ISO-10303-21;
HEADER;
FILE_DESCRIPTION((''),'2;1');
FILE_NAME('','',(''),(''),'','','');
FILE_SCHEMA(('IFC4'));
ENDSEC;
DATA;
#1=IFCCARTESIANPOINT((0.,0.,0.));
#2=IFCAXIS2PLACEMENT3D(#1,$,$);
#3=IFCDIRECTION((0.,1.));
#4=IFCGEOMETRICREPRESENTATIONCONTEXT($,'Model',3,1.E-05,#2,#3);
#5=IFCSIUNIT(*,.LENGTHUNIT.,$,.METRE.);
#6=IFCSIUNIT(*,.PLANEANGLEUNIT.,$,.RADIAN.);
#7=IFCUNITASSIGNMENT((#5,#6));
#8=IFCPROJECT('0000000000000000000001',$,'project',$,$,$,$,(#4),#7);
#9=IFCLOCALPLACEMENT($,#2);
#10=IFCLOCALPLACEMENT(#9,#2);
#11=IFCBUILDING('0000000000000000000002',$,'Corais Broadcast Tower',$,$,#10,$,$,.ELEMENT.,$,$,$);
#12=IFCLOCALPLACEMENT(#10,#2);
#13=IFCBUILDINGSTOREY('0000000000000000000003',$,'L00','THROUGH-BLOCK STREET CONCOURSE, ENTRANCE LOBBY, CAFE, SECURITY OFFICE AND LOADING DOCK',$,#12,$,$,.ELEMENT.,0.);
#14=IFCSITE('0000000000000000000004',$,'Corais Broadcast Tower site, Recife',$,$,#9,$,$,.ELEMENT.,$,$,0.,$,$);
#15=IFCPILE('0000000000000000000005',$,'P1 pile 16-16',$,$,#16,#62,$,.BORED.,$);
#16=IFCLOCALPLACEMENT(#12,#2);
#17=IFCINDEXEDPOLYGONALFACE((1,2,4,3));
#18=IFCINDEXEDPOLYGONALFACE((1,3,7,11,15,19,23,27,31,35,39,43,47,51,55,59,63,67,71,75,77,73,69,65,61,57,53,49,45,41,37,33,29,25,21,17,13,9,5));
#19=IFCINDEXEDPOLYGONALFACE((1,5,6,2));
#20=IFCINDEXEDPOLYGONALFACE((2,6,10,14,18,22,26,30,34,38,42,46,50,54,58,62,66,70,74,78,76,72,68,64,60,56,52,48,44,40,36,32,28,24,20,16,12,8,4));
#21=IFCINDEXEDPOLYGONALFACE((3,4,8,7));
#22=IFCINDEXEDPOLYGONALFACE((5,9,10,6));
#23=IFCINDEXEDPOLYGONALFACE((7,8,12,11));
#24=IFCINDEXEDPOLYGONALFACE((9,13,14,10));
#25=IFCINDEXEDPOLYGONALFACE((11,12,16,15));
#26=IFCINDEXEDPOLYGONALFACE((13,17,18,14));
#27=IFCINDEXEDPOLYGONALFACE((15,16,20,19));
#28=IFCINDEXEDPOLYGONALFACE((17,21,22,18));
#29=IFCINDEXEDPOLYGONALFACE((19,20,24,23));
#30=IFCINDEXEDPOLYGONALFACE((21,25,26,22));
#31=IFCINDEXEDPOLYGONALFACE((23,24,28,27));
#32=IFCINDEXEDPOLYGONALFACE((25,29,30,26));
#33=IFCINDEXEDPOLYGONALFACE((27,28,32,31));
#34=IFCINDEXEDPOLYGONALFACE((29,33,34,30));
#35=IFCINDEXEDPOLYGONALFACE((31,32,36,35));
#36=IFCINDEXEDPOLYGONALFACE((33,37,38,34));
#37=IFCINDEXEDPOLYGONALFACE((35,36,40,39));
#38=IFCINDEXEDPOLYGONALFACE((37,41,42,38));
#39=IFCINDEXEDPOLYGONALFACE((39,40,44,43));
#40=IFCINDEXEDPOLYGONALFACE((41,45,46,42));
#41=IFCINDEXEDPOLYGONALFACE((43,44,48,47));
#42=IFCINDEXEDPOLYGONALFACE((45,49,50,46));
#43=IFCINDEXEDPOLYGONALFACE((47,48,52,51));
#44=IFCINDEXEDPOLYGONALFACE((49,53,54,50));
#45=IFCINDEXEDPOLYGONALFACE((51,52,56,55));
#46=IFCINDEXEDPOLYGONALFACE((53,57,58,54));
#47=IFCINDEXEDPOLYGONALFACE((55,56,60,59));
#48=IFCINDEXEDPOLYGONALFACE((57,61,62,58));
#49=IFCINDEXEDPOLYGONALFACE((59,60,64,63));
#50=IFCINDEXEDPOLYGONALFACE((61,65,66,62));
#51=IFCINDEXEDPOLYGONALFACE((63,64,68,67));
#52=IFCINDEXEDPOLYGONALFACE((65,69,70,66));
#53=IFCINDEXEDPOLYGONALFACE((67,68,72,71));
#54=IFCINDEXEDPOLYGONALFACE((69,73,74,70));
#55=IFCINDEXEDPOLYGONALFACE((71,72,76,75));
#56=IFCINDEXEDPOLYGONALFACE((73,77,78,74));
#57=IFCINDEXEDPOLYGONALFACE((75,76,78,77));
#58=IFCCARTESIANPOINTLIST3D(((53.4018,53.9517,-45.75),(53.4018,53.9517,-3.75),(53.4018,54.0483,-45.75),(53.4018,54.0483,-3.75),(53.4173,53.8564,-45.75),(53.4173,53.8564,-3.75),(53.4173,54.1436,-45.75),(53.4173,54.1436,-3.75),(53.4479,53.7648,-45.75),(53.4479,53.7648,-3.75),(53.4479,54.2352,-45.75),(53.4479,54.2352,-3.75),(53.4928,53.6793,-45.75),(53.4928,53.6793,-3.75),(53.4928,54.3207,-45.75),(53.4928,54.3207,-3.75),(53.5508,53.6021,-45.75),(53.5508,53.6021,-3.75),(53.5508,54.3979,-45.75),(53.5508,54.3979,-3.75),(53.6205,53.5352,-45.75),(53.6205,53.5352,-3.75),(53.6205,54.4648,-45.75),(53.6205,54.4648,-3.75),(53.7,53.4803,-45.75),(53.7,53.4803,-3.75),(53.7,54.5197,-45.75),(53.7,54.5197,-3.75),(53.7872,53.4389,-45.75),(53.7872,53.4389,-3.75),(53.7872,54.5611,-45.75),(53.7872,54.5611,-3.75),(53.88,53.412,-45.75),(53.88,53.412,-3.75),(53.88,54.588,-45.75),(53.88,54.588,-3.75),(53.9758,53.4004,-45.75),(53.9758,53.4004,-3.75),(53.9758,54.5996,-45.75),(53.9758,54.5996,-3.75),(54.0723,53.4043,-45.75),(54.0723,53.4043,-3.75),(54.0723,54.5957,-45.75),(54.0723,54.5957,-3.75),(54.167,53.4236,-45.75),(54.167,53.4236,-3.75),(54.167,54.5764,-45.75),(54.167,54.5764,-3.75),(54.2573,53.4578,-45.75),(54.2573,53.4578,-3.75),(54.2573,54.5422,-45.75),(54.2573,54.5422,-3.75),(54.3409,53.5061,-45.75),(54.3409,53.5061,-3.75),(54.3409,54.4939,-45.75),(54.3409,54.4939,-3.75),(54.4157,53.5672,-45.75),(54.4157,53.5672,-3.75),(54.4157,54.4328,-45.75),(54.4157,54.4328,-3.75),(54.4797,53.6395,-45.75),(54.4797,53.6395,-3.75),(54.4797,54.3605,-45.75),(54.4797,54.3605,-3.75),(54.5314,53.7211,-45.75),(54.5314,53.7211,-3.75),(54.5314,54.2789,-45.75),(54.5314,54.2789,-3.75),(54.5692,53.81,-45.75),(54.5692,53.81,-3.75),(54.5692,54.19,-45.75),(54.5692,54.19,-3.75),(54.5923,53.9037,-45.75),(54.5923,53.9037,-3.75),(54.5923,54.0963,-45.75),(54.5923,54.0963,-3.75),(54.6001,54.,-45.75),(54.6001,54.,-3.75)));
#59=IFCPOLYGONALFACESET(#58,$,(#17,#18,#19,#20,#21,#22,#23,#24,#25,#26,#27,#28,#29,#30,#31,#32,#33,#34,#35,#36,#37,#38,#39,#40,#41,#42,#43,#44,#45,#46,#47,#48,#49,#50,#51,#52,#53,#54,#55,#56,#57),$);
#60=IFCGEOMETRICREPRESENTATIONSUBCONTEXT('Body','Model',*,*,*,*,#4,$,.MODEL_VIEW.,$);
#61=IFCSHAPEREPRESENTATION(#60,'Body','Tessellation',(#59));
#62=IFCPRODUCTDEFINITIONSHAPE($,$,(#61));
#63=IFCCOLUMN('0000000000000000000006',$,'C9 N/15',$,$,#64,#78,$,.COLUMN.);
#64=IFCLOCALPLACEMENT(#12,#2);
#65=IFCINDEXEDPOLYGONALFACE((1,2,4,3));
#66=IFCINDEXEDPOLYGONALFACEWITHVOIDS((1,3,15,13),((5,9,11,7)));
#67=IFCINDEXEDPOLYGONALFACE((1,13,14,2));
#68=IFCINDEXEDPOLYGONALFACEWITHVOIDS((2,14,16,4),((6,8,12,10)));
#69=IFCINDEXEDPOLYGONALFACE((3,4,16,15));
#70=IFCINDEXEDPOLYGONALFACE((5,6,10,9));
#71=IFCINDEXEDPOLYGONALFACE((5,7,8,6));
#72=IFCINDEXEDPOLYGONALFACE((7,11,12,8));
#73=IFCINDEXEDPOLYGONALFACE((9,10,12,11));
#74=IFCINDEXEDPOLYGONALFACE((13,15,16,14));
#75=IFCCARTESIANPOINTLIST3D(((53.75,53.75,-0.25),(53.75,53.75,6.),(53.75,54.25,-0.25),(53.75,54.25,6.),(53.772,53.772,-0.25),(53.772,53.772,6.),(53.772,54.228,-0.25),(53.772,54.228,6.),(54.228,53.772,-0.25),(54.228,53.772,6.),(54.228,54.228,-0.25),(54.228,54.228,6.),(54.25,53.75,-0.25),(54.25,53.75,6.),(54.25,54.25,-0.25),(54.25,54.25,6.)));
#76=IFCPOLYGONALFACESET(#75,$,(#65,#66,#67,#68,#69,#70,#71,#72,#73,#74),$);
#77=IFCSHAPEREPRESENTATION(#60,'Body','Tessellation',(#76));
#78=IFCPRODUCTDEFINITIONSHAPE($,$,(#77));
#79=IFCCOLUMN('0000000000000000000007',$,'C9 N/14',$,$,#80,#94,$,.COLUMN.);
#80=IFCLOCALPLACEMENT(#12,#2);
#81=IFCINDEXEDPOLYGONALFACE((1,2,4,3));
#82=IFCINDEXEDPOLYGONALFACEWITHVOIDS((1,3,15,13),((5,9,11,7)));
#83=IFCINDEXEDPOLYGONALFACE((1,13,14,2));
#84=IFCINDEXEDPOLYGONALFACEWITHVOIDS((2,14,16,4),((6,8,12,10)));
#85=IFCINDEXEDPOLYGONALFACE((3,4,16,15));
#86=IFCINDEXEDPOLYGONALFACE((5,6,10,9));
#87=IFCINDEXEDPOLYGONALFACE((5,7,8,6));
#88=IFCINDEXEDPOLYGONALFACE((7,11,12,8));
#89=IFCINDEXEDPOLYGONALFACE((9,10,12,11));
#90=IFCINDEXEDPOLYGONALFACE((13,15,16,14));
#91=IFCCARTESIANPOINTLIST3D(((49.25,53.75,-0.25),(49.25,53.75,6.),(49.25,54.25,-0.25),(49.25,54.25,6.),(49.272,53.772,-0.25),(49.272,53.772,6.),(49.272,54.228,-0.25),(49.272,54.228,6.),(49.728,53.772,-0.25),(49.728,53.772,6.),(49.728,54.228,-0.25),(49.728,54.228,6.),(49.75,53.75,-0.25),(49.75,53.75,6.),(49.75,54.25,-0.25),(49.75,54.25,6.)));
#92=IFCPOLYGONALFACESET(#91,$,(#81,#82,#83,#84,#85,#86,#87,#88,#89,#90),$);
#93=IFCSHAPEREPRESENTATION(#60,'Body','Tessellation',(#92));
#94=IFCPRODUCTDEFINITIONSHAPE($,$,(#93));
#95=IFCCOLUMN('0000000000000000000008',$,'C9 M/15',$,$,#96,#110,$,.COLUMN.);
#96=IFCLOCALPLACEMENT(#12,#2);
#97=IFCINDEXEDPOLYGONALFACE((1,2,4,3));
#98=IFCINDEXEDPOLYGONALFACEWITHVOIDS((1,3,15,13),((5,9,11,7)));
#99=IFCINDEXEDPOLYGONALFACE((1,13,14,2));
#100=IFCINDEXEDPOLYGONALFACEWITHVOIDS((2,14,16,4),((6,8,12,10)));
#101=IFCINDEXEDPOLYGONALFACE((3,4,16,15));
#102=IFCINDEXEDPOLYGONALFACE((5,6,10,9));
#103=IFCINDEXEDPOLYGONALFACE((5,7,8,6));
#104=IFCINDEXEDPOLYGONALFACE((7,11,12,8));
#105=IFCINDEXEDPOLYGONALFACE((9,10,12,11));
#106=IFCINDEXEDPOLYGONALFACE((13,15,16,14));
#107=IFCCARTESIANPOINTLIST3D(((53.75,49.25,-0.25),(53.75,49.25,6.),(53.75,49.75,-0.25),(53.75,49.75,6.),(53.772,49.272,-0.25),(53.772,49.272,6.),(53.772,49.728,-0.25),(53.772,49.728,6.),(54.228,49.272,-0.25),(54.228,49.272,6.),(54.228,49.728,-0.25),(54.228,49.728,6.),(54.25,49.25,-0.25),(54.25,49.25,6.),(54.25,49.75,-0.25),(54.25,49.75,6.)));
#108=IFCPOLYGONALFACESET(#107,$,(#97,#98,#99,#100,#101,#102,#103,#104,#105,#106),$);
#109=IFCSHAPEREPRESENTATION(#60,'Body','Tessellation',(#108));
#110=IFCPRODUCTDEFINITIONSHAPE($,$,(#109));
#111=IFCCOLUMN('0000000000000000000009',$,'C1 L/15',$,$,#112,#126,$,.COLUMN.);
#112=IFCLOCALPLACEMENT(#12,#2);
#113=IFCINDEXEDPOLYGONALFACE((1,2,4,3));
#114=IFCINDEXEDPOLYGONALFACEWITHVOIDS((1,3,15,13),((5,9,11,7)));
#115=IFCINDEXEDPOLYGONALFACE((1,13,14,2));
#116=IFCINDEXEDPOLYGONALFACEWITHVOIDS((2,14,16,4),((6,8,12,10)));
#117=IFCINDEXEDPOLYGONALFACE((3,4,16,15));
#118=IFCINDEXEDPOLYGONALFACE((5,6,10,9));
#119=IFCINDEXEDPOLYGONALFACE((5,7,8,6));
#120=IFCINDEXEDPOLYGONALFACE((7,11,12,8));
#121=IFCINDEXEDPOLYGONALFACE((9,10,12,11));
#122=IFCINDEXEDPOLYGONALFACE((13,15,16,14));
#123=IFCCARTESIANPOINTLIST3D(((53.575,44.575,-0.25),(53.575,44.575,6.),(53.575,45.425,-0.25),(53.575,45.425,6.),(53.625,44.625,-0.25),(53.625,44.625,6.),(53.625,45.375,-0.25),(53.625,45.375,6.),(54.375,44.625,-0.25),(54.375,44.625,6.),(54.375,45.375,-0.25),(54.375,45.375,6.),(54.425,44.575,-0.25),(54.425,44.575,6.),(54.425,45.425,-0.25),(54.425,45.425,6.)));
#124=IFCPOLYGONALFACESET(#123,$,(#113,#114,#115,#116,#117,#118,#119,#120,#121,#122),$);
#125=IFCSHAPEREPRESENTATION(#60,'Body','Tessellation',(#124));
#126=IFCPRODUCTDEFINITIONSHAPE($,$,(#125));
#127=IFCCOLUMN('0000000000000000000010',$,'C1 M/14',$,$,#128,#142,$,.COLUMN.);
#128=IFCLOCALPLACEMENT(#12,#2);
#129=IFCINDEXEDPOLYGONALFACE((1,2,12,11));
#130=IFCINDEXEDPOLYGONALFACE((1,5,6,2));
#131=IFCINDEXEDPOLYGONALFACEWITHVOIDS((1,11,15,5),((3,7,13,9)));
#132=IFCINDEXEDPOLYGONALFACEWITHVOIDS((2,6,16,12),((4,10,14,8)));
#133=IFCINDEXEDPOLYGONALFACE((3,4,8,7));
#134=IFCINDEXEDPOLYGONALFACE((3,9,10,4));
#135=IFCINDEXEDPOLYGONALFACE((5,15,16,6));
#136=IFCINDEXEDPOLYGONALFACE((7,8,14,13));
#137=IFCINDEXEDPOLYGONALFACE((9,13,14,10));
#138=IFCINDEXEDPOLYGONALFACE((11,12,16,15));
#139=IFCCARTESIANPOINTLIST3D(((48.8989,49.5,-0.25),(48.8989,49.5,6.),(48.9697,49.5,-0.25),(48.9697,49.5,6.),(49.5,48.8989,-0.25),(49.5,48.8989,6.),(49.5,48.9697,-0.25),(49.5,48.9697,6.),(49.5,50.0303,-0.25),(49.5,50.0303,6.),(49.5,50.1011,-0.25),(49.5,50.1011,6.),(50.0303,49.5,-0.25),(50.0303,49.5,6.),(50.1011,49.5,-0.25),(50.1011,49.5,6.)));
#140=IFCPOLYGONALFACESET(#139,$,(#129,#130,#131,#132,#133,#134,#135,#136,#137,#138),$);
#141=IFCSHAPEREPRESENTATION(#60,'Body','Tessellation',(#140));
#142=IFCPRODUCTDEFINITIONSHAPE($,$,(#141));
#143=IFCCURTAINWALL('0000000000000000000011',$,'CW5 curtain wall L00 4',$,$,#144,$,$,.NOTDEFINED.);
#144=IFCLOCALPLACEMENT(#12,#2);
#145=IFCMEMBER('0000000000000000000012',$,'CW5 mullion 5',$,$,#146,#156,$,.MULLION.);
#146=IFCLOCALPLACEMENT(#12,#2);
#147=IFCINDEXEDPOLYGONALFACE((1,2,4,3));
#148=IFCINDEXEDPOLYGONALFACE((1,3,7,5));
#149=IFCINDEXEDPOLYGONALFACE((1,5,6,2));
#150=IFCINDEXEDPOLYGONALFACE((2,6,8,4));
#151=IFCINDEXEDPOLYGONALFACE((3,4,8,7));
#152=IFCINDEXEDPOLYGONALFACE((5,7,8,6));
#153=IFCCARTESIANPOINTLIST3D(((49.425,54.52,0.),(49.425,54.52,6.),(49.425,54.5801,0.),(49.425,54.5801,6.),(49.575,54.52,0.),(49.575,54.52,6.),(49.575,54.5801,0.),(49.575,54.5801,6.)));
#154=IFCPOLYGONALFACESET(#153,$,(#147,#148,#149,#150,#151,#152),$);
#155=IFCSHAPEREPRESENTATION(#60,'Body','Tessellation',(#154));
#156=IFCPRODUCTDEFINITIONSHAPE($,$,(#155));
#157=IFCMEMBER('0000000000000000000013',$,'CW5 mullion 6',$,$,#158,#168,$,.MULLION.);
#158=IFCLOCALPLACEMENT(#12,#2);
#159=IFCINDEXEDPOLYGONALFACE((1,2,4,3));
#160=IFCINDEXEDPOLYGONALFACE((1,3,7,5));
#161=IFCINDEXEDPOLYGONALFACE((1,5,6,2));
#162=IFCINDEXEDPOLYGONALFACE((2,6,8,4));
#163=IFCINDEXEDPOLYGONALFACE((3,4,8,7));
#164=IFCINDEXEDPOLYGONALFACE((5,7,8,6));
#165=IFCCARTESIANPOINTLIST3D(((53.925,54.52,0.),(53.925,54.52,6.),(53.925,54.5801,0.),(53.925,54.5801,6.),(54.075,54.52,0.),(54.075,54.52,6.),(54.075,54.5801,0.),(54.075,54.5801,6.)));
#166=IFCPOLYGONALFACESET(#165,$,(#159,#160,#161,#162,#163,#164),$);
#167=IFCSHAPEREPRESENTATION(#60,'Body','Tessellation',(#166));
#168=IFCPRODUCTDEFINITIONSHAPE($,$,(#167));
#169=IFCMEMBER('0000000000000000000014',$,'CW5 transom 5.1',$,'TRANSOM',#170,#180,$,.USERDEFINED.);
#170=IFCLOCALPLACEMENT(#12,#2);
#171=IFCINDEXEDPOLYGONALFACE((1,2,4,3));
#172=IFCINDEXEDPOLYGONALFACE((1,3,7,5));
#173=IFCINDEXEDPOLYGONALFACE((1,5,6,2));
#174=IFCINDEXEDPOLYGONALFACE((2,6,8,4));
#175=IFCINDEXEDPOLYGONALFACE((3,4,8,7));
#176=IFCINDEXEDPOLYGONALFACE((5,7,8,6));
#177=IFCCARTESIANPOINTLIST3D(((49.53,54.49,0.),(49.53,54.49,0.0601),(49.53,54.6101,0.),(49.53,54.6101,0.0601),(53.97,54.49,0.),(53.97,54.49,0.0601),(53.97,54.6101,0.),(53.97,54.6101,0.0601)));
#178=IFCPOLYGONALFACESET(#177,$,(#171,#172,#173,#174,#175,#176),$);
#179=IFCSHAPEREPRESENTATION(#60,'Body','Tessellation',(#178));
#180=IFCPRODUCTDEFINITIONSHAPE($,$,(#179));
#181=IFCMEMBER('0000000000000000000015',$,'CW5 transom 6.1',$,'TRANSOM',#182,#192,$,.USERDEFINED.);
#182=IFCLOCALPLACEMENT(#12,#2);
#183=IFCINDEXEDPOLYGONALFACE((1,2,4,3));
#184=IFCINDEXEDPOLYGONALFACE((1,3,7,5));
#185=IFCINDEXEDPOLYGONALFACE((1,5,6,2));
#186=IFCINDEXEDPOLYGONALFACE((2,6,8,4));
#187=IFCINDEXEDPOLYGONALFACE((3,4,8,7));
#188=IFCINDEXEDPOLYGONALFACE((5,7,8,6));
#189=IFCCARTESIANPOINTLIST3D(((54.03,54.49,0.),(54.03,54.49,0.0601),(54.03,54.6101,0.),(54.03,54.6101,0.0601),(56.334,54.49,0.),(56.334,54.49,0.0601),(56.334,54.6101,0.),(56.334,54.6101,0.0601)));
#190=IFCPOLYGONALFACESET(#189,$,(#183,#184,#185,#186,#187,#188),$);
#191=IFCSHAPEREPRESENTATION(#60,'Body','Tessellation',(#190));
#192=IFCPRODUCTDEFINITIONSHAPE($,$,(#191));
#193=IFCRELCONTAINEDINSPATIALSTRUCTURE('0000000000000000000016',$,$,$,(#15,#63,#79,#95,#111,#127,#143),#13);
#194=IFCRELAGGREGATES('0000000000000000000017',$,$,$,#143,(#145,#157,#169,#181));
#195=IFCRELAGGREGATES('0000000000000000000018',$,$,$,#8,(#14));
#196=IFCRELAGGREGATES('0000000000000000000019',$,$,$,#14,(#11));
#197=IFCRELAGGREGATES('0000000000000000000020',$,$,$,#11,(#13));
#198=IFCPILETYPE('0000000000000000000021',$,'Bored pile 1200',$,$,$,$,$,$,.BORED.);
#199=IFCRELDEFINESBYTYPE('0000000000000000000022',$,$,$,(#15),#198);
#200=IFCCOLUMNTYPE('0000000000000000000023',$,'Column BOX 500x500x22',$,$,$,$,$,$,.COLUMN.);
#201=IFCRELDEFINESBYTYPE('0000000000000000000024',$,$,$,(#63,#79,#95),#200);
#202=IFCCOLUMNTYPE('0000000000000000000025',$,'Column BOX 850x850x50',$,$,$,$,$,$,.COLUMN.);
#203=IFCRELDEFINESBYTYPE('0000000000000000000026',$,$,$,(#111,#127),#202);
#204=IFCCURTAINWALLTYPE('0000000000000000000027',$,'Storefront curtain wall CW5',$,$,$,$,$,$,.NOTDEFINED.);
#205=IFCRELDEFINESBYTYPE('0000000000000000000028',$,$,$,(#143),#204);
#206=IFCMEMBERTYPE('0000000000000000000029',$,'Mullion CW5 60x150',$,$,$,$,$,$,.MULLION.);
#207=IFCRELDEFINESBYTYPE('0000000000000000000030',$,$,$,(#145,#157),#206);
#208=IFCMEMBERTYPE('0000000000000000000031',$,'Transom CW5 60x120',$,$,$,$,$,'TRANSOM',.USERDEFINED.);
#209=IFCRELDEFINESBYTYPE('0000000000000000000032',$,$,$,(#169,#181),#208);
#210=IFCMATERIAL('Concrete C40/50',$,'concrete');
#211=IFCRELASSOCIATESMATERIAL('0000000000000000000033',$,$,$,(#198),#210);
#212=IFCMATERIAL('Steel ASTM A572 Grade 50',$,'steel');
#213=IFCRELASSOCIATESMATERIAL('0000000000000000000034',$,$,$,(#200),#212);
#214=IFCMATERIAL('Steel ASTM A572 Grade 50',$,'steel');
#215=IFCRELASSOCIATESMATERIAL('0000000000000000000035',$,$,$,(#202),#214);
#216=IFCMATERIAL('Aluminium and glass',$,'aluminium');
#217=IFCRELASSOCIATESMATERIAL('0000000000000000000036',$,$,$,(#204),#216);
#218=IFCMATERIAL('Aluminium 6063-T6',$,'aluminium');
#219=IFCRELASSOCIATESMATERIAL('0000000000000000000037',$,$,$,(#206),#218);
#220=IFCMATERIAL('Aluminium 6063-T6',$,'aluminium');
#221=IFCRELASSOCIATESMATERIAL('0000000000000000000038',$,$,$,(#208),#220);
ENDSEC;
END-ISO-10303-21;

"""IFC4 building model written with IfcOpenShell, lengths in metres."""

from ifc_helpers import new_model, si_unit, direction, frame, origin, origin_2d, place, context, subcontext, project, spatial, rectangle, hollow_rectangle, circle, extrude, material, material_profile, profile_set, type_object, element, aggregate, save


model = new_model("IFC4")

# Units and contexts
model_context = context("Model", 3, precision=1e-05, world=origin(), true_north=direction((0.0, 1.0)))
body_context = subcontext(model_context, "Body", "Model", "MODEL_VIEW")
ifc_project = project(units=[si_unit("LENGTHUNIT", "METRE"), si_unit("PLANEANGLEUNIT", "RADIAN")], contexts=[model_context])

# Site, building, storey
site_placement = place(None, origin())
site = spatial("IfcSite", under=ifc_project, at=site_placement, Name="Corais Broadcast Tower site, Recife", CompositionType="ELEMENT", RefElevation=0.0)
building_placement = place(site_placement, origin())
building = spatial("IfcBuilding", under=site, at=building_placement, Name="Corais Broadcast Tower", CompositionType="ELEMENT")
storey_placement = place(building_placement, origin())
storey = spatial("IfcBuildingStorey", under=building, at=storey_placement, Name="L00", Description="THROUGH-BLOCK STREET CONCOURSE, ENTRANCE LOBBY, CAFE, SECURITY OFFICE AND LOADING DOCK", CompositionType="ELEMENT", Elevation=0.0)

# Pile
ifc_material_1 = material(Name="Concrete C40/50", Category="concrete")
pile_type = type_object("IfcPileType", Name="Bored pile 1200", PredefinedType="BORED", material=ifc_material_1)
for number, where, z_axis, x_axis, name in (
    (1, (54.0, 54.0, -3.75), (0.0, 0.0, -1.0), (1.0, 0.0, 0.0), "P1 pile 16-16"),
):
    element("IfcPile", number, at=place(storey_placement, frame(where, z_axis=z_axis, x_axis=x_axis)), inside=storey, type_object=pile_type, Name=name, PredefinedType="BORED", context=body_context, shape_type="SweptSolid", body=[
        extrude(circle(Radius=0.6001, at=origin_2d()), origin(), (0.0, 0.0, 1.0), 42.0),
    ])

# Columns
ifc_material_2 = material(Name="Steel ASTM A572 Grade 50", Category="steel")
ifc_material_profile_1 = material_profile(ifc_material_2, hollow_rectangle(XDim=0.5, YDim=0.5, WallThickness=0.022, at=origin_2d()), Name="BOX 500x500x22")
ifc_profile_set_1 = profile_set([ifc_material_profile_1], Name="Steel ASTM A572 Grade 50")
column_type_1 = type_object("IfcColumnType", Name="Column BOX 500x500x22", PredefinedType="COLUMN", material=ifc_profile_set_1)
for number, where, z_axis, x_axis, name in (
    (2, (54.0, 54.0, -0.25), (0.0, 0.0, 1.0), (1.0, 0.0, 0.0), "C9 N/15"),
    (3, (49.5, 54.0, -0.25), (0.0, 0.0, 1.0), (1.0, 0.0, 0.0), "C9 N/14"),
    (4, (54.0, 49.5, -0.25), (0.0, 0.0, 1.0), (1.0, 0.0, 0.0), "C9 M/15"),
):
    element("IfcColumn", number, at=place(storey_placement, frame(where, z_axis=z_axis, x_axis=x_axis)), inside=storey, type_object=column_type_1, Name=name, PredefinedType="COLUMN", context=body_context, shape_type="SweptSolid", body=[
        extrude(hollow_rectangle(XDim=0.5, YDim=0.5, WallThickness=0.022, at=origin_2d()), origin(), (0.0, 0.0, 1.0), 6.25),
    ])
ifc_material_3 = material(Name="Steel ASTM A572 Grade 50", Category="steel")
ifc_material_profile_2 = material_profile(ifc_material_3, hollow_rectangle(XDim=0.8501, YDim=0.8501, WallThickness=0.05, at=origin_2d()), Name="BOX 850x850x50")
ifc_profile_set_2 = profile_set([ifc_material_profile_2], Name="Steel ASTM A572 Grade 50")
column_type_2 = type_object("IfcColumnType", Name="Column BOX 850x850x50", PredefinedType="COLUMN", material=ifc_profile_set_2)
for number, where, z_axis, x_axis, name in (
    (5, (54.0, 45.0, -0.25), (0.0, 0.0, 1.0), (1.0, 0.0, 0.0), "C1 L/15"),
    (6, (49.5, 49.5, -0.25), (0.0, 0.0, 1.0), (0.707107, 0.707107, 0.0), "C1 M/14"),
):
    element("IfcColumn", number, at=place(storey_placement, frame(where, z_axis=z_axis, x_axis=x_axis)), inside=storey, type_object=column_type_2, Name=name, PredefinedType="COLUMN", context=body_context, shape_type="SweptSolid", body=[
        extrude(hollow_rectangle(XDim=0.8501, YDim=0.8501, WallThickness=0.05, at=origin_2d()), origin(), (0.0, 0.0, 1.0), 6.25),
    ])

# Curtain wall, members
ifc_material_4 = material(Name="Aluminium and glass", Category="aluminium")
curtain_wall_type = type_object("IfcCurtainWallType", Name="Storefront curtain wall CW5", PredefinedType="NOTDEFINED", material=ifc_material_4)
curtain_wall_placement = place(storey_placement, origin())
curtain_wall = element("IfcCurtainWall", 7, at=curtain_wall_placement, inside=storey, type_object=curtain_wall_type, Name="CW5 curtain wall L00 4", PredefinedType="NOTDEFINED")
ifc_material_5 = material(Name="Aluminium 6063-T6", Category="aluminium")
ifc_material_profile_3 = material_profile(ifc_material_5, rectangle(XDim=0.0601, YDim=0.1499, at=origin_2d()), Name="Mullion CW5 60x150")
ifc_profile_set_3 = profile_set([ifc_material_profile_3], Name="Aluminium 6063-T6")
member_type_1 = type_object("IfcMemberType", Name="Mullion CW5 60x150", PredefinedType="MULLION", material=ifc_profile_set_3)
member_1_placement = place(storey_placement, frame((49.5, 54.55, 0.0), z_axis=(0.0, 0.0, 1.0), x_axis=(0.0, 1.0, 0.0)))
member_1 = element("IfcMember", 8, at=member_1_placement, type_object=member_type_1, Name="CW5 mullion 5", PredefinedType="MULLION", context=body_context, shape_type="SweptSolid", body=[
    extrude(rectangle(XDim=0.0601, YDim=0.1499, at=origin_2d()), origin(), (0.0, 0.0, 1.0), 6.0),
])
member_2_placement = place(storey_placement, frame((54.0, 54.55, 0.0), z_axis=(0.0, 0.0, 1.0), x_axis=(0.0, 1.0, 0.0)))
member_2 = element("IfcMember", 9, at=member_2_placement, type_object=member_type_1, Name="CW5 mullion 6", PredefinedType="MULLION", context=body_context, shape_type="SweptSolid", body=[
    extrude(rectangle(XDim=0.0601, YDim=0.1499, at=origin_2d()), origin(), (0.0, 0.0, 1.0), 6.0),
])
ifc_material_6 = material(Name="Aluminium 6063-T6", Category="aluminium")
ifc_material_profile_4 = material_profile(ifc_material_6, rectangle(XDim=0.1201, YDim=0.0601, at=origin_2d()), Name="Transom CW5 60x120")
ifc_profile_set_4 = profile_set([ifc_material_profile_4], Name="Aluminium 6063-T6")
member_type_2 = type_object("IfcMemberType", Name="Transom CW5 60x120", ElementType="TRANSOM", PredefinedType="USERDEFINED", material=ifc_profile_set_4)
member_3_placement = place(storey_placement, frame((49.53, 54.55, 0.03), z_axis=(1.0, 0.0, 0.0), x_axis=(0.0, 1.0, 0.0)))
member_3 = element("IfcMember", 10, at=member_3_placement, type_object=member_type_2, Name="CW5 transom 5.1", ObjectType="TRANSOM", PredefinedType="USERDEFINED", context=body_context, shape_type="SweptSolid", body=[
    extrude(rectangle(XDim=0.1201, YDim=0.0601, at=origin_2d()), origin(), (0.0, 0.0, 1.0), 4.4399),
])
member_4_placement = place(storey_placement, frame((54.03, 54.55, 0.03), z_axis=(1.0, 0.0, 0.0), x_axis=(0.0, 1.0, 0.0)))
member_4 = element("IfcMember", 11, at=member_4_placement, type_object=member_type_2, Name="CW5 transom 6.1", ObjectType="TRANSOM", PredefinedType="USERDEFINED", context=body_context, shape_type="SweptSolid", body=[
    extrude(rectangle(XDim=0.1201, YDim=0.0601, at=origin_2d()), origin(), (0.0, 0.0, 1.0), 2.304),
])
aggregate(curtain_wall, [member_1, member_2, member_3, member_4])

save(model, "model.ifc")
